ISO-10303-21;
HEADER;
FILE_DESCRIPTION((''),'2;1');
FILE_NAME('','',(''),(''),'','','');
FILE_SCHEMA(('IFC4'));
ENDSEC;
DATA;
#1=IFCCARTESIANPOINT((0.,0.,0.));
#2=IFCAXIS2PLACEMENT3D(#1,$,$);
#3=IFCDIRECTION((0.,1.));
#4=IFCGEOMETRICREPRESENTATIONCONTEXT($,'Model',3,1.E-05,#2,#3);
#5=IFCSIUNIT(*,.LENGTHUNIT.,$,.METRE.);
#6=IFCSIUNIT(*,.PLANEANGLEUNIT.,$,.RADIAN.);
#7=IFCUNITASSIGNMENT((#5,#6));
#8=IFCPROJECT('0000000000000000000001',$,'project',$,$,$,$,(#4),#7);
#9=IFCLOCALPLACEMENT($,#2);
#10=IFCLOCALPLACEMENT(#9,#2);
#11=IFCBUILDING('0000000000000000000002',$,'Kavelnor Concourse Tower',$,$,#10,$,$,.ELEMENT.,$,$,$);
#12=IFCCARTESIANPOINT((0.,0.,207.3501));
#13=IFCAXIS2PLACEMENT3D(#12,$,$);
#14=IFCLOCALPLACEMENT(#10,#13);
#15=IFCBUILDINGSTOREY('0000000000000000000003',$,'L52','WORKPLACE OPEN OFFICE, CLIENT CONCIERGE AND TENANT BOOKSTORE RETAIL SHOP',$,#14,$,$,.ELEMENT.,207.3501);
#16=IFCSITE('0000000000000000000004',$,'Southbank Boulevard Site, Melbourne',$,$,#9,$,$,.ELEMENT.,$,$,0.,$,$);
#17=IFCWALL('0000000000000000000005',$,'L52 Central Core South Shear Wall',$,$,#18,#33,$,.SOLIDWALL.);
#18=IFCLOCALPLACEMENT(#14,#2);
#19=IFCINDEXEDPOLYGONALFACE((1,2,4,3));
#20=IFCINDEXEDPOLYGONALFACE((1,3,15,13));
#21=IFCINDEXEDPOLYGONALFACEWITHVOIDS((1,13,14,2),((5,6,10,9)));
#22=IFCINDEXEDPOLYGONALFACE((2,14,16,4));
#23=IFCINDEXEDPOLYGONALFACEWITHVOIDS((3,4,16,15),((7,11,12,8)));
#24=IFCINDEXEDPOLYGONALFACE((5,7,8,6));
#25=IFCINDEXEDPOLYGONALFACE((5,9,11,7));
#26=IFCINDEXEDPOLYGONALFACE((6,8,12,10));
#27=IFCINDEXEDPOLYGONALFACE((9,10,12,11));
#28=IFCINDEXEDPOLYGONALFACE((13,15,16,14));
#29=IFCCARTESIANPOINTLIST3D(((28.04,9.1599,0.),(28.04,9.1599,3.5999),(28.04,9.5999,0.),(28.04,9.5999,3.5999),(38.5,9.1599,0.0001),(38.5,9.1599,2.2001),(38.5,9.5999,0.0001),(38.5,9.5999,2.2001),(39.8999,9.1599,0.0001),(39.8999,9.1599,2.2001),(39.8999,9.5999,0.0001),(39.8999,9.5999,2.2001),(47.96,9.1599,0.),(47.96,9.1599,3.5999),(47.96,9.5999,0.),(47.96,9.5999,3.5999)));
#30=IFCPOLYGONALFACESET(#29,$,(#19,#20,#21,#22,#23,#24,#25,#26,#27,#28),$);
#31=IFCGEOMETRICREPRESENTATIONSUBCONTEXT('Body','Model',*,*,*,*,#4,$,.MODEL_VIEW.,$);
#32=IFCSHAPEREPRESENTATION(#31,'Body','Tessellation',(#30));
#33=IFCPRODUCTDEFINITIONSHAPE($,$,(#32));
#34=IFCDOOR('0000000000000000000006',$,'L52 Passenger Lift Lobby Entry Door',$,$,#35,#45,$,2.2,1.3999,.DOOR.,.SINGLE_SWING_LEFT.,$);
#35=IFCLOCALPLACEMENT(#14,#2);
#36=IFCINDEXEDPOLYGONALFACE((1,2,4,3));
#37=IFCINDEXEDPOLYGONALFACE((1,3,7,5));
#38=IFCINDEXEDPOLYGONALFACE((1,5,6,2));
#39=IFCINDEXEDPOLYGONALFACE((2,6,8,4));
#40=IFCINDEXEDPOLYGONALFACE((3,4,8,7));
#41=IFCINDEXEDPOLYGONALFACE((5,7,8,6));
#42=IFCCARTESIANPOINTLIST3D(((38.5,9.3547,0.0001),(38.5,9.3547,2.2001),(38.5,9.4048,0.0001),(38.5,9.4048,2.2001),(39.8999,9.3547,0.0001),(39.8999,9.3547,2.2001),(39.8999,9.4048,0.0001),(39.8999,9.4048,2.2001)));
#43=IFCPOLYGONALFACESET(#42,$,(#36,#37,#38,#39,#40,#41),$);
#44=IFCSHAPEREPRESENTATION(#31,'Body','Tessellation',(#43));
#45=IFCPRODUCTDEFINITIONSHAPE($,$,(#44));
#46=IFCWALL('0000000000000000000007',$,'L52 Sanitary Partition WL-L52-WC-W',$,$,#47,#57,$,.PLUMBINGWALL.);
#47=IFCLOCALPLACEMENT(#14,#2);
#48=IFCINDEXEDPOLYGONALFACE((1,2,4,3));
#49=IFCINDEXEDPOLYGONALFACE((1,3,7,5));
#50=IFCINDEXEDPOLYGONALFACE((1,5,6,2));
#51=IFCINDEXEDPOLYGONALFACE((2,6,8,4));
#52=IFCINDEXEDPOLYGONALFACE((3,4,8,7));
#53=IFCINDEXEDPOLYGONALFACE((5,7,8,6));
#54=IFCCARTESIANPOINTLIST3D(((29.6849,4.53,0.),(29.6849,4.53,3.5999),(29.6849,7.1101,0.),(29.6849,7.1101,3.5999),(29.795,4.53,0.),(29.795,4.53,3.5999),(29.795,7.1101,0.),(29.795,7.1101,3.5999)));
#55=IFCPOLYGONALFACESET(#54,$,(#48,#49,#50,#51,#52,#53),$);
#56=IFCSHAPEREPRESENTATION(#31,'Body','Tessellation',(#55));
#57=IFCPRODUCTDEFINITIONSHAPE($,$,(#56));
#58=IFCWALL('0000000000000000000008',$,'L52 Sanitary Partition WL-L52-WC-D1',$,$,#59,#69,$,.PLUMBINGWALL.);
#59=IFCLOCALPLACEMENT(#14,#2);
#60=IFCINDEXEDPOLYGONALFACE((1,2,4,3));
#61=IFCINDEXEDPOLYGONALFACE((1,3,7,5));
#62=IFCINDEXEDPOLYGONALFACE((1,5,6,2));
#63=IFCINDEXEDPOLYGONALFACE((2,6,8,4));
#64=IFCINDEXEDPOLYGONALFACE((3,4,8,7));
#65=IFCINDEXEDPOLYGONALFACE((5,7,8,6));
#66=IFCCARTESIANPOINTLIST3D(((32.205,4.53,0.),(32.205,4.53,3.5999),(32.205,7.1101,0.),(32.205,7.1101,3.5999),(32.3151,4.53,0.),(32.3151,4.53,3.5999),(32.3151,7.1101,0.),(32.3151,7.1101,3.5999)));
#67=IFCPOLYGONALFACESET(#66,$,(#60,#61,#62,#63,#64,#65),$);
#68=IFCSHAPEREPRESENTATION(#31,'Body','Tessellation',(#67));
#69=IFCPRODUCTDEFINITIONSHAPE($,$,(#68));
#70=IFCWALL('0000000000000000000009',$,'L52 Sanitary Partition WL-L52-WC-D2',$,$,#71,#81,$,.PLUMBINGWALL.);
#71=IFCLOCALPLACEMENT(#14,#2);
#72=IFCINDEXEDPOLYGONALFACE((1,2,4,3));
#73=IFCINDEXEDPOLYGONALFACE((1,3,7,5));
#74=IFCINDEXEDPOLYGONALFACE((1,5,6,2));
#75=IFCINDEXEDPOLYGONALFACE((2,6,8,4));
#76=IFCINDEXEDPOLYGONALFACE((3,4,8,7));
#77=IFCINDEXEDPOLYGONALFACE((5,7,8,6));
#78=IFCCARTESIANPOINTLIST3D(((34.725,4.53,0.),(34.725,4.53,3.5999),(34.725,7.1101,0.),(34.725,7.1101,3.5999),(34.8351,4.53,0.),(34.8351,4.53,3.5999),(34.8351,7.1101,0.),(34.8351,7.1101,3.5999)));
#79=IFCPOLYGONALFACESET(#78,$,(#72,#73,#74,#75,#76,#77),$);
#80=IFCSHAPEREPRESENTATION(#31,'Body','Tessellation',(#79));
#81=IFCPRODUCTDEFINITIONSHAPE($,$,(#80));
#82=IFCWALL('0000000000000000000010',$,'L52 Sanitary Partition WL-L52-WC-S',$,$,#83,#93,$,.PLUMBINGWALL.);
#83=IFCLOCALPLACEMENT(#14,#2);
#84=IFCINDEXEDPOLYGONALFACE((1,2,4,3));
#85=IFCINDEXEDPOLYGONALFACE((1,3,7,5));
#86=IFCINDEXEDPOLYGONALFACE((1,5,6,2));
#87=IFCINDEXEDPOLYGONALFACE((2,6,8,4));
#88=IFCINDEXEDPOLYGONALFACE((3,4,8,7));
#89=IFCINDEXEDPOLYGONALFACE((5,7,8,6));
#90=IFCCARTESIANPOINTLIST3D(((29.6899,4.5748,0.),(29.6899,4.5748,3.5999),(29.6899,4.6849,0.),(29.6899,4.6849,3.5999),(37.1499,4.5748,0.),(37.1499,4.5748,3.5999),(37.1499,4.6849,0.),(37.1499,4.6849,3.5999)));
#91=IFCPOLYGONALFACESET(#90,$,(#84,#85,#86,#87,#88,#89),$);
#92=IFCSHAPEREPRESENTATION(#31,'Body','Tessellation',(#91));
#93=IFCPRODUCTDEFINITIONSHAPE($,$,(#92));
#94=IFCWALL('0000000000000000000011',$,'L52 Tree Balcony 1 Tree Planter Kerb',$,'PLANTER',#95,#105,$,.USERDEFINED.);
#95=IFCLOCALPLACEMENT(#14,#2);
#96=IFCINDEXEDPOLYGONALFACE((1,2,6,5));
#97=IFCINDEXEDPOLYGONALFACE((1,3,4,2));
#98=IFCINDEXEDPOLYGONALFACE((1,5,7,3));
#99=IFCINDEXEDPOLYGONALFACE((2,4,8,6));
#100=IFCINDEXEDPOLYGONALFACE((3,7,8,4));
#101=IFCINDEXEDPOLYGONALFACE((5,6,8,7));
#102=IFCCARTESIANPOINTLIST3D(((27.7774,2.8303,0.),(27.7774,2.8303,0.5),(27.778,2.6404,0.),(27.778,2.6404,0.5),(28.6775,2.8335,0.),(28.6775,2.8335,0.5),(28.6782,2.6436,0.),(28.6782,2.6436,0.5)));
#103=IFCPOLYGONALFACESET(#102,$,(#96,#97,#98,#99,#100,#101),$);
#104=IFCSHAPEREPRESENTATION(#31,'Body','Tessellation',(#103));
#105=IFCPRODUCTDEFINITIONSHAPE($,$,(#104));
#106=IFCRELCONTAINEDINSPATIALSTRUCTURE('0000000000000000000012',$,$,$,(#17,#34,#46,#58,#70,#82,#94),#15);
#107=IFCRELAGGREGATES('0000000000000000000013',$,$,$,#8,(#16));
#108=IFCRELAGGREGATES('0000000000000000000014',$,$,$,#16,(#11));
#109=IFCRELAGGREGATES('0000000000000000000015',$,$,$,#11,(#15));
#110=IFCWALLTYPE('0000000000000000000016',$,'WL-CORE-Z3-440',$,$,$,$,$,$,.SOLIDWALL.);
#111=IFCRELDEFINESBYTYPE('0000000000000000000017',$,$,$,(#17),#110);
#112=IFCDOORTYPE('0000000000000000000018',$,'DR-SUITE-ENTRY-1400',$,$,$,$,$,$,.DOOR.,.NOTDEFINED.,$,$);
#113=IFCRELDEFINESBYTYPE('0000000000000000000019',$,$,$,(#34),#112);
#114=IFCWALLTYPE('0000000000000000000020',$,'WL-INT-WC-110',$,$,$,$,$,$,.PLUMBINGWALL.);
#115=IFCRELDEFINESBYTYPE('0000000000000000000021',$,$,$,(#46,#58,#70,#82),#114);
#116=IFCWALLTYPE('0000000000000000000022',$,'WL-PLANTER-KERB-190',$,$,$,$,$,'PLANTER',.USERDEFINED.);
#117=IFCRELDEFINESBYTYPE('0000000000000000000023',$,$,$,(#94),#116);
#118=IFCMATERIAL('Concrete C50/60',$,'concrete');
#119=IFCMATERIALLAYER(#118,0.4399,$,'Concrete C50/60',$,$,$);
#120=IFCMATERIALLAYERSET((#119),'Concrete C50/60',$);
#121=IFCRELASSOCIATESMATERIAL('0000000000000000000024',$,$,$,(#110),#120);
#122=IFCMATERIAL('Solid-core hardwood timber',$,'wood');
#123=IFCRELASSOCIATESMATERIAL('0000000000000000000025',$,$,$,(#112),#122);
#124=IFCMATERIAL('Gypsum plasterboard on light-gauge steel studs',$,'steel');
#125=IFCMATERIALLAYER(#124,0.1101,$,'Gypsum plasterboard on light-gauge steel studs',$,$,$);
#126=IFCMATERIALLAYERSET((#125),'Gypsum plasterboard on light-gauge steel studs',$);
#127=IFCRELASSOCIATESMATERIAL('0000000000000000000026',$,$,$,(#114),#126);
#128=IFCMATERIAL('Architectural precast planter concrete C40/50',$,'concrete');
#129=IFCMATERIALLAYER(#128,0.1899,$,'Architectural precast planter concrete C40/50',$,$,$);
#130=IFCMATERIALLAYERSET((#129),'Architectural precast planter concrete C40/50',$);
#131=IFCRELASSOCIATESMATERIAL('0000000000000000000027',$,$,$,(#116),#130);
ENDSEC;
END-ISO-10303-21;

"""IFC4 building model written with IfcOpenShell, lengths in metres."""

from ifc_helpers import new_model, si_unit, direction, frame, frame_2d, origin, place, context, subcontext, project, spatial, rectangle, extrude, material, layer, layer_set, type_object, element, fill, save


model = new_model("IFC4")

# Units and contexts
model_context = context("Model", 3, precision=1e-05, world=origin(), true_north=direction((0.0, 1.0)))
body_context = subcontext(model_context, "Body", "Model", "MODEL_VIEW")
ifc_project = project(units=[si_unit("LENGTHUNIT", "METRE"), si_unit("PLANEANGLEUNIT", "RADIAN")], contexts=[model_context])

# Site, building, storey
site_placement = place(None, origin())
site = spatial("IfcSite", under=ifc_project, at=site_placement, Name="Southbank Boulevard Site, Melbourne", CompositionType="ELEMENT", RefElevation=0.0)
building_placement = place(site_placement, origin())
building = spatial("IfcBuilding", under=site, at=building_placement, Name="Kavelnor Concourse Tower", CompositionType="ELEMENT")
storey_placement = place(building_placement, frame((0.0, 0.0, 207.3501)))
storey = spatial("IfcBuildingStorey", under=building, at=storey_placement, Name="L52", Description="WORKPLACE OPEN OFFICE, CLIENT CONCIERGE AND TENANT BOOKSTORE RETAIL SHOP", CompositionType="ELEMENT", Elevation=207.3501)

# Wall, opening, door
ifc_material_1 = material(Name="Concrete C50/60", Category="concrete")
ifc_layer_1 = layer(ifc_material_1, 0.4399, Name="Concrete C50/60")
ifc_layer_set_1 = layer_set([ifc_layer_1], Name="Concrete C50/60")
wall_type_1 = type_object("IfcWallType", Name="WL-CORE-Z3-440", PredefinedType="SOLIDWALL", material=ifc_layer_set_1)
wall_1_placement = place(storey_placement, frame((28.04, 9.3799, 0.0), z_axis=(0.0, 0.0, 1.0), x_axis=(1.0, 0.0, 0.0)))
wall_1 = element("IfcWall", 1, at=wall_1_placement, inside=storey, type_object=wall_type_1, Name="L52 Central Core South Shear Wall", PredefinedType="SOLIDWALL", context=body_context, shape_type="SweptSolid", body=[
    extrude(rectangle(XDim=19.9199, YDim=0.4399, at=frame_2d((9.96, 0.0))), origin(), (0.0, 0.0, 1.0), 3.5999),
])
opening_placement = place(wall_1_placement, frame((10.46, 0.0, 0.0)))
opening = element("IfcOpeningElement", 2, at=opening_placement, cuts=wall_1, PredefinedType="OPENING", context=body_context, shape_type="SweptSolid", body=[
    extrude(rectangle(XDim=1.3999, YDim=2.2, at=frame_2d((0.7, 1.1001))), frame((0.0, 0.23, 0.0), z_axis=(0.0, -1.0, 0.0), x_axis=(1.0, 0.0, 0.0)), (0.0, 0.0, 1.0), 0.46),
])
ifc_material_2 = material(Name="Solid-core hardwood timber", Category="wood")
door_type = type_object("IfcDoorType", Name="DR-SUITE-ENTRY-1400", OperationType="NOTDEFINED", PredefinedType="DOOR", material=ifc_material_2)
door_placement = place(opening_placement, origin())
door = element("IfcDoor", 3, at=door_placement, inside=storey, type_object=door_type, Name="L52 Passenger Lift Lobby Entry Door", OperationType="SINGLE_SWING_LEFT", OverallHeight=2.2, OverallWidth=1.3999, PredefinedType="DOOR", context=body_context, shape_type="SweptSolid", body=[
    extrude(rectangle(XDim=1.3999, YDim=2.2, at=frame_2d((0.7, 1.1001))), frame((0.0, 0.0249, 0.0), z_axis=(0.0, -1.0, 0.0), x_axis=(1.0, 0.0, 0.0)), (0.0, 0.0, 1.0), 0.05),
])
fill(opening, door)

# Walls
ifc_material_3 = material(Name="Gypsum plasterboard on light-gauge steel studs", Category="steel")
ifc_layer_2 = layer(ifc_material_3, 0.1101, Name="Gypsum plasterboard on light-gauge steel studs")
ifc_layer_set_2 = layer_set([ifc_layer_2], Name="Gypsum plasterboard on light-gauge steel studs")
wall_type_2 = type_object("IfcWallType", Name="WL-INT-WC-110", PredefinedType="PLUMBINGWALL", material=ifc_layer_set_2)
for number, where, z_axis, x_axis, name in (
    (4, (29.74, 4.53, 0.0), (0.0, 0.0, 1.0), (0.0, 1.0, 0.0), "L52 Sanitary Partition WL-L52-WC-W"),
    (5, (32.26, 4.53, 0.0), (0.0, 0.0, 1.0), (0.0, 1.0, 0.0), "L52 Sanitary Partition WL-L52-WC-D1"),
    (6, (34.78, 4.53, 0.0), (0.0, 0.0, 1.0), (0.0, 1.0, 0.0), "L52 Sanitary Partition WL-L52-WC-D2"),
):
    element("IfcWall", number, at=place(storey_placement, frame(where, z_axis=z_axis, x_axis=x_axis)), inside=storey, type_object=wall_type_2, Name=name, PredefinedType="PLUMBINGWALL", context=body_context, shape_type="SweptSolid", body=[
        extrude(rectangle(XDim=2.5801, YDim=0.1101, at=frame_2d((1.29, 0.0))), origin(), (0.0, 0.0, 1.0), 3.5999),
    ])
wall_2_placement = place(storey_placement, frame((29.6899, 4.6299, 0.0), z_axis=(0.0, 0.0, 1.0), x_axis=(1.0, 0.0, 0.0)))
element("IfcWall", 7, at=wall_2_placement, inside=storey, type_object=wall_type_2, Name="L52 Sanitary Partition WL-L52-WC-S", PredefinedType="PLUMBINGWALL", context=body_context, shape_type="SweptSolid", body=[
    extrude(rectangle(XDim=7.46, YDim=0.1101, at=frame_2d((3.73, 0.0))), origin(), (0.0, 0.0, 1.0), 3.5999),
])
ifc_material_4 = material(Name="Architectural precast planter concrete C40/50", Category="concrete")
ifc_layer_3 = layer(ifc_material_4, 0.1899, Name="Architectural precast planter concrete C40/50")
ifc_layer_set_3 = layer_set([ifc_layer_3], Name="Architectural precast planter concrete C40/50")
wall_type_3 = type_object("IfcWallType", Name="WL-PLANTER-KERB-190", ElementType="PLANTER", PredefinedType="USERDEFINED", material=ifc_layer_set_3)
wall_3_placement = place(storey_placement, frame((27.7776, 2.7354, 0.0), z_axis=(0.0, 0.0, 1.0), x_axis=(0.999994, 0.003526, 0.0)))
element("IfcWall", 8, at=wall_3_placement, inside=storey, type_object=wall_type_3, Name="L52 Tree Balcony 1 Tree Planter Kerb", ObjectType="PLANTER", PredefinedType="USERDEFINED", context=body_context, shape_type="SweptSolid", body=[
    extrude(rectangle(XDim=0.9001, YDim=0.1899, at=frame_2d((0.4502, 0.0))), origin(), (0.0, 0.0, 1.0), 0.5),
])

save(model, "model.ifc")
